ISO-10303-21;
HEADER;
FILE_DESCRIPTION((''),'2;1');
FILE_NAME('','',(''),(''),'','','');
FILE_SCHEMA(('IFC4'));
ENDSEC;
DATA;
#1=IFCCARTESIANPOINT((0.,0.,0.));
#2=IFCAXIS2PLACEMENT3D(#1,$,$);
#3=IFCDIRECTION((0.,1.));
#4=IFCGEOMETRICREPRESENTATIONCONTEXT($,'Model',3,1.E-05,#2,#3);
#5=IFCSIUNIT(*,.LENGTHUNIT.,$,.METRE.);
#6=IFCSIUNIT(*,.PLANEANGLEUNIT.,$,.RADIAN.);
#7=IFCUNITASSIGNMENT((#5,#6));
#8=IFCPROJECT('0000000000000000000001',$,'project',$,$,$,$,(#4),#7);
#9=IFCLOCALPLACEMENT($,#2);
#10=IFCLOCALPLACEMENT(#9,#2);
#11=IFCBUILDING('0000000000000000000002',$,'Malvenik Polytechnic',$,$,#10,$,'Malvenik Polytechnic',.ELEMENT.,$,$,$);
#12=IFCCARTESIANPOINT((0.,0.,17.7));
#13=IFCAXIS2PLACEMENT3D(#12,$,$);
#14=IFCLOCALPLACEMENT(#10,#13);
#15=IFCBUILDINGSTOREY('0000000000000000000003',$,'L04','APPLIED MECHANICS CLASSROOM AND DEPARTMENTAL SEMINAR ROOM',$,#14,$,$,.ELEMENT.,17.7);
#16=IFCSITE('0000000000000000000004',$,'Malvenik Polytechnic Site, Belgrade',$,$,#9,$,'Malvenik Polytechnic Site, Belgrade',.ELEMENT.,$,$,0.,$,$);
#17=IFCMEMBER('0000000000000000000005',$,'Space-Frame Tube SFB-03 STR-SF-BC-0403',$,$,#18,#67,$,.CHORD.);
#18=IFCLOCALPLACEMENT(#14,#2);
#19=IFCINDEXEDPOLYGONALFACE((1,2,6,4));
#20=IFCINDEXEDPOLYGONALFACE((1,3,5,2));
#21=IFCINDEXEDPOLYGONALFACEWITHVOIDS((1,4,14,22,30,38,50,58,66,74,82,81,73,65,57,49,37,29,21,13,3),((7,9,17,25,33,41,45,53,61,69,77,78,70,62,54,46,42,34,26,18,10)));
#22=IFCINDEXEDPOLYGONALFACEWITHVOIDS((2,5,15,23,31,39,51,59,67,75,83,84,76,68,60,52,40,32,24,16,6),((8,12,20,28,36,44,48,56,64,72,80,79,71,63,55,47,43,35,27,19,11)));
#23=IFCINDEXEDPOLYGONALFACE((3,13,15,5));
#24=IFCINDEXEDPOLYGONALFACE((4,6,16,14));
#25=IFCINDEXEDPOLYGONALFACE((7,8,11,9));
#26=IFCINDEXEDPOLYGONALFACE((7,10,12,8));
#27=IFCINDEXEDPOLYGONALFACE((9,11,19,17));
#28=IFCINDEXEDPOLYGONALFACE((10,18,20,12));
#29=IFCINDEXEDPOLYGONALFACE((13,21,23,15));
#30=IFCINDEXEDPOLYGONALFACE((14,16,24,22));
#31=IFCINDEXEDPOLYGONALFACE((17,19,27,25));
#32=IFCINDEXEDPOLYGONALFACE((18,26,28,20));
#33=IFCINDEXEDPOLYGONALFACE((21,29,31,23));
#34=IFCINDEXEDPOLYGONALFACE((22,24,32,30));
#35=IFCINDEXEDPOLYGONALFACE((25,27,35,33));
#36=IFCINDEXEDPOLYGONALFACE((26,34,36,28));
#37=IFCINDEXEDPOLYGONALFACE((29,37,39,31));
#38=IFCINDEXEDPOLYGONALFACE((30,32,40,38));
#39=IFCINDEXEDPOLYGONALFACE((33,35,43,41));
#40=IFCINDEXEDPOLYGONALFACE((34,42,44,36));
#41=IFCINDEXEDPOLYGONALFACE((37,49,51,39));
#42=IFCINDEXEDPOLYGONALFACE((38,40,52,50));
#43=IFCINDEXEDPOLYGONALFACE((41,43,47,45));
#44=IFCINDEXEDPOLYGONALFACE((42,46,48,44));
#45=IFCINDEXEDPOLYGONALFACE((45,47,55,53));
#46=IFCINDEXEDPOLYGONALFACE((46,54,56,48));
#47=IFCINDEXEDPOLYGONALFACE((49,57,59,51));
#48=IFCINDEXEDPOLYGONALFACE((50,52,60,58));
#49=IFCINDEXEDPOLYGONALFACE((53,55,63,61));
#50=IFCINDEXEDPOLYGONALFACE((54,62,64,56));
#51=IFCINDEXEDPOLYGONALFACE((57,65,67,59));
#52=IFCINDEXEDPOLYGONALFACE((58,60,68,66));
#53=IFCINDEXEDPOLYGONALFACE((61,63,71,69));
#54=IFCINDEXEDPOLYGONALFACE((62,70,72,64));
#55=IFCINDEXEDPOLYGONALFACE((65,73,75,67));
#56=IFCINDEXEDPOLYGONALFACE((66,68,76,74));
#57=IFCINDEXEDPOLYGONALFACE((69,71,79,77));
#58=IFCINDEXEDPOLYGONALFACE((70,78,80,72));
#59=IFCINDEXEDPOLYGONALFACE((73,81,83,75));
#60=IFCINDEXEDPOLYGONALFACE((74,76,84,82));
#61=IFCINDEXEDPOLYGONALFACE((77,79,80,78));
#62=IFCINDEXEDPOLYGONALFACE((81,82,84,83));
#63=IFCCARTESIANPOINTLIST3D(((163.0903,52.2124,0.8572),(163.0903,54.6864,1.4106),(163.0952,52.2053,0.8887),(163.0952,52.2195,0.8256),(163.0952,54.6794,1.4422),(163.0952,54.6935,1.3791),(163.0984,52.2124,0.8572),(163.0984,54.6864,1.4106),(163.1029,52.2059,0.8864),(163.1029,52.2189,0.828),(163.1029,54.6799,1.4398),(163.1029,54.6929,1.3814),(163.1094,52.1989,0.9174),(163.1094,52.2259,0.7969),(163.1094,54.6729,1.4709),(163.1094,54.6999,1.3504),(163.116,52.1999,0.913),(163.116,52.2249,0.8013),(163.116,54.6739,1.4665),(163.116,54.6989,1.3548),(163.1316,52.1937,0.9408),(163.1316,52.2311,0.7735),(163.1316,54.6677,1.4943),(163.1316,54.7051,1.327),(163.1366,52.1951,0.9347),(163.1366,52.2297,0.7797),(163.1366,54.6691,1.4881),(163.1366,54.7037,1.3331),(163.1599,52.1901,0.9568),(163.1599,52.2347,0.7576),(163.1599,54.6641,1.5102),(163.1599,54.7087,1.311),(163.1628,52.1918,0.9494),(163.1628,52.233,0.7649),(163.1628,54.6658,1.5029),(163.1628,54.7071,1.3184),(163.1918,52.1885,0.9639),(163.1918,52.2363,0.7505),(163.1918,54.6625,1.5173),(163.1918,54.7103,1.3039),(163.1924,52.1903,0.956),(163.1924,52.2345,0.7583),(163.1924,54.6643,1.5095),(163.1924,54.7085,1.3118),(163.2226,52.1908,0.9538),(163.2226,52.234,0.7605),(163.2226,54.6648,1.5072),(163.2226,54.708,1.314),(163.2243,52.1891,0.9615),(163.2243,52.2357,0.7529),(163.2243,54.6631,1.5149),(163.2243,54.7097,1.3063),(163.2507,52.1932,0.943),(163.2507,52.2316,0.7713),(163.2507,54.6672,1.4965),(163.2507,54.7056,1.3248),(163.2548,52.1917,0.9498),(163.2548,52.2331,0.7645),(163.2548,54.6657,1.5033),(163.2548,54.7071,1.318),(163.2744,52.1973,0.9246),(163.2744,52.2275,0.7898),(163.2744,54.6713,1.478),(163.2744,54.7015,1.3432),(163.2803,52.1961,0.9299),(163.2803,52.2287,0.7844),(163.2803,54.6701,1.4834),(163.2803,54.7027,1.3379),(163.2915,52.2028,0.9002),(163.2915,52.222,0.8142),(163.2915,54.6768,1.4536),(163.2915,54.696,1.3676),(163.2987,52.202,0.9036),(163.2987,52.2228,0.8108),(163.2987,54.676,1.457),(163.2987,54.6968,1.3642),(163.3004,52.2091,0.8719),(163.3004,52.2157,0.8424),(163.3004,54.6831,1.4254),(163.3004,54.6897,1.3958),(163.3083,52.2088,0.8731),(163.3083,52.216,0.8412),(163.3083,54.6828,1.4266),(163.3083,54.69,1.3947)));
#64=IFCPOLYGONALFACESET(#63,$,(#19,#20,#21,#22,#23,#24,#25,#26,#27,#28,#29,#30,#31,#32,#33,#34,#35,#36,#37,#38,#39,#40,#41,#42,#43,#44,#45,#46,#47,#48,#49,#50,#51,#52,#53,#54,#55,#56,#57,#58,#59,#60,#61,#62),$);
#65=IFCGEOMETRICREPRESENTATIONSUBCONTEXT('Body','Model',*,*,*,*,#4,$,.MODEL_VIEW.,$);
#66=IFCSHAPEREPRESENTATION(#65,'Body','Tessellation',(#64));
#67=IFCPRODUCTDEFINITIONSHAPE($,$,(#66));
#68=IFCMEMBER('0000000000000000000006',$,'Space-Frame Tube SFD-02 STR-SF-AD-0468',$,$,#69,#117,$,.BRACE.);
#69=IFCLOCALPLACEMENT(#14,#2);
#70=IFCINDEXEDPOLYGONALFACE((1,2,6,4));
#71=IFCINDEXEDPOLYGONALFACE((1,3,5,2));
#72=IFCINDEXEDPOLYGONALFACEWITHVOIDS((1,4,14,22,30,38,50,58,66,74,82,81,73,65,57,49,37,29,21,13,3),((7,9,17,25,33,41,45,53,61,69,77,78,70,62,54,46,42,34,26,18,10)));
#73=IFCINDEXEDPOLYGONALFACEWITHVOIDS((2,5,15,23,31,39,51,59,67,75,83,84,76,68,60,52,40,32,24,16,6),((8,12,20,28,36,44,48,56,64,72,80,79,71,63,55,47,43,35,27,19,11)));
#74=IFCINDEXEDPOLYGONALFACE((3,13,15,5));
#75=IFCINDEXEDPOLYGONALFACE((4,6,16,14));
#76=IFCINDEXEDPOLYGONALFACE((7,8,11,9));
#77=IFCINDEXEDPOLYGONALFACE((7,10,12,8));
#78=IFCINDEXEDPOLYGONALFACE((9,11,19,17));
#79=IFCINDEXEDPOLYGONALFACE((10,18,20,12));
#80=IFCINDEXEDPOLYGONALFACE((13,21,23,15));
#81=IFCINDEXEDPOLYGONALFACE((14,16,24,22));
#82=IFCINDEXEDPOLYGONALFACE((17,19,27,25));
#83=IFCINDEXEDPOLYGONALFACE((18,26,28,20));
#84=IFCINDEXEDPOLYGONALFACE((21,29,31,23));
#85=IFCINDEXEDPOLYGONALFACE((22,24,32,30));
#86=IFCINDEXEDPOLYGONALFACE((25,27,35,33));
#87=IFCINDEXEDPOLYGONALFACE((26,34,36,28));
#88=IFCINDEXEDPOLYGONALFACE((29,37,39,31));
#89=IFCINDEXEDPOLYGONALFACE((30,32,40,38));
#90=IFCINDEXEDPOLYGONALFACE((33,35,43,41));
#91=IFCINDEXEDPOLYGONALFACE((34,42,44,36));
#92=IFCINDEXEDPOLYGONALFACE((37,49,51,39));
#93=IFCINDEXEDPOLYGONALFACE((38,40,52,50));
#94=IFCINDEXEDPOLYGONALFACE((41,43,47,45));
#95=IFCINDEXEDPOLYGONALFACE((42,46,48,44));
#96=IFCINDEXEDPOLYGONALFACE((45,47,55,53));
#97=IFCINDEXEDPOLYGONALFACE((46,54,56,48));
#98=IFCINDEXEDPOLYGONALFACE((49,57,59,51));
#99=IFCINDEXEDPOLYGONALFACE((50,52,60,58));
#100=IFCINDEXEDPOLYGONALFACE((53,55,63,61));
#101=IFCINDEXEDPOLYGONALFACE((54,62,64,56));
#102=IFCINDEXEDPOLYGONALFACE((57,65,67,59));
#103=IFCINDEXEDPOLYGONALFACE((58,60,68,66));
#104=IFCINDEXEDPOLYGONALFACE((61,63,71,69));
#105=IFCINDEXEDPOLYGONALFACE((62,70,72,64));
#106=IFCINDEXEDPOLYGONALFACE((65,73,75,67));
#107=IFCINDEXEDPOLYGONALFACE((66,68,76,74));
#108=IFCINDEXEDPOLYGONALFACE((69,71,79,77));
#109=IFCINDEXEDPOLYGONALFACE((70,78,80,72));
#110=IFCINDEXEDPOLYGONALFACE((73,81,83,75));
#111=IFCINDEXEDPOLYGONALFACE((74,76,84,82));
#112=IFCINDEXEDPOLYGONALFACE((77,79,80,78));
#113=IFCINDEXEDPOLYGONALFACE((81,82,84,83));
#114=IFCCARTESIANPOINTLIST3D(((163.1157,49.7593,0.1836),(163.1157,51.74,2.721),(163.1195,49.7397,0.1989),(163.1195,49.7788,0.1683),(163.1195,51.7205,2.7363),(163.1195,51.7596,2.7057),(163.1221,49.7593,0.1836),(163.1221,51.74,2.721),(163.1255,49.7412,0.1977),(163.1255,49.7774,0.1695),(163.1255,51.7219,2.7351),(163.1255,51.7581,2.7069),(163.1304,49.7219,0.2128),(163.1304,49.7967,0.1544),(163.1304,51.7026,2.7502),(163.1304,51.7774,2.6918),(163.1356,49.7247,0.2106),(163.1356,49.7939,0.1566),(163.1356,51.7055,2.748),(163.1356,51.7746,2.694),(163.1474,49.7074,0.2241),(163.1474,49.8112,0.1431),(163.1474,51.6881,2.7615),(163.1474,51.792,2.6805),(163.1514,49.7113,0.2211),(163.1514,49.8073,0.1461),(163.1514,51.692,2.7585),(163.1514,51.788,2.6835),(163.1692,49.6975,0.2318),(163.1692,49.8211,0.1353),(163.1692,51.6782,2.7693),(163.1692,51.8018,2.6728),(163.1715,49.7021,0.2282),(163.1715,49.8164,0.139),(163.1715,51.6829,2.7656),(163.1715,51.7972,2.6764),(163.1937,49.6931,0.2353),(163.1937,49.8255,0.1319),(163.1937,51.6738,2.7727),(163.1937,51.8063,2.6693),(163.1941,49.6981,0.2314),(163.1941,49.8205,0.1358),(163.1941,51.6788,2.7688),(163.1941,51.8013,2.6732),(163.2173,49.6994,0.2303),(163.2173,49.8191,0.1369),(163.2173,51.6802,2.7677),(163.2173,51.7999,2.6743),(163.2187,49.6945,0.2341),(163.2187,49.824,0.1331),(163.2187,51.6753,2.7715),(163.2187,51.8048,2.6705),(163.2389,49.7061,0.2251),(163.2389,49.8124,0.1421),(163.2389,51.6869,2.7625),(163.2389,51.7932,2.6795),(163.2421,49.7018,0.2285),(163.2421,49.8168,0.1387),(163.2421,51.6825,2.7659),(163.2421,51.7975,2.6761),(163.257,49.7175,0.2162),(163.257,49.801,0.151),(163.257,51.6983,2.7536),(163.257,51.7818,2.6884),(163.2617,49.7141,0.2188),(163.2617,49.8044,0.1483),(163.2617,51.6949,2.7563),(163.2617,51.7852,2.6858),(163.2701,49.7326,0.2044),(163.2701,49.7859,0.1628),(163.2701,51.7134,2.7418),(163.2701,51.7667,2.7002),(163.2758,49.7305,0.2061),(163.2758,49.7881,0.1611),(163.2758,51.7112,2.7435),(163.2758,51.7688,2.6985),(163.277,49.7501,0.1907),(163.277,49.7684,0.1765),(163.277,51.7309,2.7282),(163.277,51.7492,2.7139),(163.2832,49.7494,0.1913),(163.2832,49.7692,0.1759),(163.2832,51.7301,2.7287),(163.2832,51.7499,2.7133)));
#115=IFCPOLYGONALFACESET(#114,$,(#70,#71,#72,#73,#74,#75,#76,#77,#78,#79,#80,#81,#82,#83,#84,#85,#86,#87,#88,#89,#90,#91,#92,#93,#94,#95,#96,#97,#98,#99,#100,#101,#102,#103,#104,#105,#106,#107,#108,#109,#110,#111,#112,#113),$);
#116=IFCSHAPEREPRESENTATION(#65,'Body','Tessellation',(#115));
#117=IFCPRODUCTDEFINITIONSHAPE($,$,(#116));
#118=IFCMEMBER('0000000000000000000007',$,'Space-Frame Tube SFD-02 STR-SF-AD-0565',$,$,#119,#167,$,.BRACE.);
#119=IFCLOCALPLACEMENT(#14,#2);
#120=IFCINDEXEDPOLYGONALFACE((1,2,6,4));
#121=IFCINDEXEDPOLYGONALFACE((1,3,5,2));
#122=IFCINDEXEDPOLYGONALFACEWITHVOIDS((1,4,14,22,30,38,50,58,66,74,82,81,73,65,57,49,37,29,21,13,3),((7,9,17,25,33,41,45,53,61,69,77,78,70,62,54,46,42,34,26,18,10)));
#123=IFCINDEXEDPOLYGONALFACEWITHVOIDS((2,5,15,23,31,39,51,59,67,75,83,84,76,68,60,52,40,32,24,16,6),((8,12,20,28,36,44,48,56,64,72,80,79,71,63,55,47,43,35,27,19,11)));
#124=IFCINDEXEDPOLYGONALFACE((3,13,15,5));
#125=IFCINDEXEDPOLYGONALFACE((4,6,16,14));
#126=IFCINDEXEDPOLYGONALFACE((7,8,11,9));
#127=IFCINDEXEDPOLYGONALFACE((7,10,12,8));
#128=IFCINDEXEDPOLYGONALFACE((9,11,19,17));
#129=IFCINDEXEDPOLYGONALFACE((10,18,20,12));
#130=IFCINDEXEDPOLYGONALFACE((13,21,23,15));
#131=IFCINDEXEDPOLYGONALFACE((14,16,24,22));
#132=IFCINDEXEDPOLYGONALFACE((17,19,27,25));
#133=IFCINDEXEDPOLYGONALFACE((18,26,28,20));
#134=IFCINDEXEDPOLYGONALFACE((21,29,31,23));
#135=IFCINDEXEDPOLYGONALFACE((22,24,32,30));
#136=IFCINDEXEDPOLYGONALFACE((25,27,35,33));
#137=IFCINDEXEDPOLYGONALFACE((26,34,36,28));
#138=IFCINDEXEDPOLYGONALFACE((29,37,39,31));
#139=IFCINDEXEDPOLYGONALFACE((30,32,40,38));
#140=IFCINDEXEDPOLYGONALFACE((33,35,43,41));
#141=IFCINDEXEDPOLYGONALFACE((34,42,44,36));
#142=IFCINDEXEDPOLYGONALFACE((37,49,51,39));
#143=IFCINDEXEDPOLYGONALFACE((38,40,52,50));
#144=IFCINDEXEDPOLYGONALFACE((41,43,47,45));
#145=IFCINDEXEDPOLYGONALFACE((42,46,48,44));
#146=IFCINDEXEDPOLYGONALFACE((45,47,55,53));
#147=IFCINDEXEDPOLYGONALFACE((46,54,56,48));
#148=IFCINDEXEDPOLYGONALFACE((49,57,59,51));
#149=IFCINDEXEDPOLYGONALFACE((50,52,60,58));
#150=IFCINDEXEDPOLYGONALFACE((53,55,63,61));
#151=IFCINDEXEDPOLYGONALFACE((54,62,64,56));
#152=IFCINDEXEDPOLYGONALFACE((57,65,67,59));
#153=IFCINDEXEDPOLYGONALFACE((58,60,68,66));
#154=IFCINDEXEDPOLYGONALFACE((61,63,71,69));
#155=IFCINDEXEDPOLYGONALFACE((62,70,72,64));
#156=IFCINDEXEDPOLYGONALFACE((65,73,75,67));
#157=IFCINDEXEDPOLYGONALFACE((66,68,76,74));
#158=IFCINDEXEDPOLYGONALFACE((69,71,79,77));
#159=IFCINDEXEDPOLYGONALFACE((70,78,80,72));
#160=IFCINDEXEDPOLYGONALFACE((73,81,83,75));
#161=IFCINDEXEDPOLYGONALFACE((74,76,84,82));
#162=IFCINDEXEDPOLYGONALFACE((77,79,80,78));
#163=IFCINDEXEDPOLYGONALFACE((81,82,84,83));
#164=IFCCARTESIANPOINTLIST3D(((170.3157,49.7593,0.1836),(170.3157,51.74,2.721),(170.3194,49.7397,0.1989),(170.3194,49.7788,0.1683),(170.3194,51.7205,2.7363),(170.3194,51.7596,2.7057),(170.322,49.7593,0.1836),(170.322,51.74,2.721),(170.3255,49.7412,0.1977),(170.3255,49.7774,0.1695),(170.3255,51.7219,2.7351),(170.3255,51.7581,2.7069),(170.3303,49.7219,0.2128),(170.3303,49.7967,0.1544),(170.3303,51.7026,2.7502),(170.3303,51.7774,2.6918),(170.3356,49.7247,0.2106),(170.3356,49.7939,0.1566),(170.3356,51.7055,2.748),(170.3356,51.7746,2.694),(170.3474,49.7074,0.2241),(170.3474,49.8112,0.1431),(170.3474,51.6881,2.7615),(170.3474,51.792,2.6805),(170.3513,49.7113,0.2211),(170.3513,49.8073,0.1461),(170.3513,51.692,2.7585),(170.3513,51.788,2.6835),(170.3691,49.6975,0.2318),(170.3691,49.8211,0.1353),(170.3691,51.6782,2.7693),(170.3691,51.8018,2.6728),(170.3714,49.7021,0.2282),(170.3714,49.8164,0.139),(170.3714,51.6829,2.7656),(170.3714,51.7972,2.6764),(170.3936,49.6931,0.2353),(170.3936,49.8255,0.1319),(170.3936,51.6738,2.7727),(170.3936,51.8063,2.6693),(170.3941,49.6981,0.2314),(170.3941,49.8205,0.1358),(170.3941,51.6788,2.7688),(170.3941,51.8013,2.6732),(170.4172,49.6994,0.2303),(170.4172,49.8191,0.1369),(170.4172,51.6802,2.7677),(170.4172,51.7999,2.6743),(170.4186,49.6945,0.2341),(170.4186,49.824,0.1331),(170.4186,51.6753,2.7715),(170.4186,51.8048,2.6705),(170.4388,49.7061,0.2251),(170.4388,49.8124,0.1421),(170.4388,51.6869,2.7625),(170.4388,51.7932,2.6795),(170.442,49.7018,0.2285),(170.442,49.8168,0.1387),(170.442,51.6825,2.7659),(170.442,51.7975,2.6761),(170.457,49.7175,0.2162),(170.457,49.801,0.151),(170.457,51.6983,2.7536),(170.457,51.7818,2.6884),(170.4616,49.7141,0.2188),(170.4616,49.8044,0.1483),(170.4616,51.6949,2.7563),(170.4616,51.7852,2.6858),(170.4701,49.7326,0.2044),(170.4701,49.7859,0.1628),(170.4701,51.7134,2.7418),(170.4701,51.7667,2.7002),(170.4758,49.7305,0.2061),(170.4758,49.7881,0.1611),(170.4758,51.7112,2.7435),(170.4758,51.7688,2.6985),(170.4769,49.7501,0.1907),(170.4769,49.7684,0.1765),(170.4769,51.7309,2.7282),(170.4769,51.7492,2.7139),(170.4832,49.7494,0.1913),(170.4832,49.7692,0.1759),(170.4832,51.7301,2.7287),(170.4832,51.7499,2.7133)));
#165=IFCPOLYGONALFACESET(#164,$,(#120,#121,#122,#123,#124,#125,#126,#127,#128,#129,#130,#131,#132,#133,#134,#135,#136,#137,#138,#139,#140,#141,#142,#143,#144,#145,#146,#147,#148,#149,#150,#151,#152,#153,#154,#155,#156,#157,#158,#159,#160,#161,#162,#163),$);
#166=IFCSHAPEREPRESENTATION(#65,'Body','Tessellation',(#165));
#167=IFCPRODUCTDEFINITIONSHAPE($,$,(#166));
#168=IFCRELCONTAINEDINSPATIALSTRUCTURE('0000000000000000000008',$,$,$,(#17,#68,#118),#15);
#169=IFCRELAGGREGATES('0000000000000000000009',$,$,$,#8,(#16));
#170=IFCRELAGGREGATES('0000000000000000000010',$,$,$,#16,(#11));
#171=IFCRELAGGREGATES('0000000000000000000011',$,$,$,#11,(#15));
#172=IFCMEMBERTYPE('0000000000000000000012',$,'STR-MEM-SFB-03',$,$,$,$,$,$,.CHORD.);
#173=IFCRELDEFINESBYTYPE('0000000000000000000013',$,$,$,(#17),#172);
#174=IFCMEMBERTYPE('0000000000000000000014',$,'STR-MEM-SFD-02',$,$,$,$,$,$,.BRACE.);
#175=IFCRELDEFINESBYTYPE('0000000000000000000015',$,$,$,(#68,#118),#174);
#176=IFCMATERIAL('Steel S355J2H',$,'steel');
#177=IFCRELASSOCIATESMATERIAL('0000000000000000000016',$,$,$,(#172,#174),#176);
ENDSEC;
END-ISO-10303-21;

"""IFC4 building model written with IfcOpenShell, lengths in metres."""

from ifc_helpers import new_model, si_unit, direction, frame, origin, origin_2d, place, context, subcontext, project, spatial, hollow_circle, extrude, material, material_profile, profile_set, type_object, element, save


model = new_model("IFC4")

# Units and contexts
model_context = context("Model", 3, precision=1e-05, world=origin(), true_north=direction((0.0, 1.0)))
body_context = subcontext(model_context, "Body", "Model", "MODEL_VIEW")
ifc_project = project(units=[si_unit("LENGTHUNIT", "METRE"), si_unit("PLANEANGLEUNIT", "RADIAN")], contexts=[model_context])

# Site, building, storey
site_placement = place(None, origin())
site = spatial("IfcSite", under=ifc_project, at=site_placement, Name="Malvenik Polytechnic Site, Belgrade", LongName="Malvenik Polytechnic Site, Belgrade", CompositionType="ELEMENT", RefElevation=0.0)
building_placement = place(site_placement, origin())
building = spatial("IfcBuilding", under=site, at=building_placement, Name="Malvenik Polytechnic", LongName="Malvenik Polytechnic", CompositionType="ELEMENT")
storey_placement = place(building_placement, frame((0.0, 0.0, 17.7)))
storey = spatial("IfcBuildingStorey", under=building, at=storey_placement, Name="L04", Description="APPLIED MECHANICS CLASSROOM AND DEPARTMENTAL SEMINAR ROOM", CompositionType="ELEMENT", Elevation=17.7)

# Members
ifc_material = material(Name="Steel S355J2H", Category="steel")
ifc_material_profile_1 = material_profile(ifc_material, hollow_circle(Radius=0.1096, WallThickness=0.0081, at=origin_2d()), Name="CHS 219.1x8.0")
ifc_profile_set_1 = profile_set([ifc_material_profile_1], Name="Steel S355J2H")
member_type_1 = type_object("IfcMemberType", Name="STR-MEM-SFB-03", PredefinedType="CHORD", material=ifc_profile_set_1)
for number, where, z_axis, x_axis, name in (
    (1, (163.2, 52.2124, 0.8572), (0.0, 0.97588, 0.218307), (-1.0, 0.0, 0.0), "Space-Frame Tube SFB-03 STR-SF-BC-0403"),
):
    element("IfcMember", number, at=place(storey_placement, frame(where, z_axis=z_axis, x_axis=x_axis)), inside=storey, type_object=member_type_1, Name=name, PredefinedType="CHORD", context=body_context, shape_type="SweptSolid", body=[
        extrude(hollow_circle(Radius=0.1096, WallThickness=0.0081, at=origin_2d()), origin(), (0.0, 0.0, 1.0), 2.5352),
    ])
ifc_material_profile_2 = material_profile(ifc_material, hollow_circle(Radius=0.0842, WallThickness=0.0063, at=origin_2d()), Name="CHS 168.3x6.3")
ifc_profile_set_2 = profile_set([ifc_material_profile_2], Name="Steel S355J2H")
member_type_2 = type_object("IfcMemberType", Name="STR-MEM-SFD-02", PredefinedType="BRACE", material=ifc_profile_set_2)
for number, where, z_axis, x_axis, name in (
    (2, (163.2, 49.7593, 0.1836), (0.0, 0.615336, 0.788265), (-1.0, 0.0, 0.0), "Space-Frame Tube SFD-02 STR-SF-AD-0468"),
    (3, (170.3999, 49.7593, 0.1836), (0.0, 0.615336, 0.788265), (-1.0, 0.0, 0.0), "Space-Frame Tube SFD-02 STR-SF-AD-0565"),
):
    element("IfcMember", number, at=place(storey_placement, frame(where, z_axis=z_axis, x_axis=x_axis)), inside=storey, type_object=member_type_2, Name=name, PredefinedType="BRACE", context=body_context, shape_type="SweptSolid", body=[
        extrude(hollow_circle(Radius=0.0842, WallThickness=0.0063, at=origin_2d()), origin(), (0.0, 0.0, 1.0), 3.219),
    ])

save(model, "model.ifc")
